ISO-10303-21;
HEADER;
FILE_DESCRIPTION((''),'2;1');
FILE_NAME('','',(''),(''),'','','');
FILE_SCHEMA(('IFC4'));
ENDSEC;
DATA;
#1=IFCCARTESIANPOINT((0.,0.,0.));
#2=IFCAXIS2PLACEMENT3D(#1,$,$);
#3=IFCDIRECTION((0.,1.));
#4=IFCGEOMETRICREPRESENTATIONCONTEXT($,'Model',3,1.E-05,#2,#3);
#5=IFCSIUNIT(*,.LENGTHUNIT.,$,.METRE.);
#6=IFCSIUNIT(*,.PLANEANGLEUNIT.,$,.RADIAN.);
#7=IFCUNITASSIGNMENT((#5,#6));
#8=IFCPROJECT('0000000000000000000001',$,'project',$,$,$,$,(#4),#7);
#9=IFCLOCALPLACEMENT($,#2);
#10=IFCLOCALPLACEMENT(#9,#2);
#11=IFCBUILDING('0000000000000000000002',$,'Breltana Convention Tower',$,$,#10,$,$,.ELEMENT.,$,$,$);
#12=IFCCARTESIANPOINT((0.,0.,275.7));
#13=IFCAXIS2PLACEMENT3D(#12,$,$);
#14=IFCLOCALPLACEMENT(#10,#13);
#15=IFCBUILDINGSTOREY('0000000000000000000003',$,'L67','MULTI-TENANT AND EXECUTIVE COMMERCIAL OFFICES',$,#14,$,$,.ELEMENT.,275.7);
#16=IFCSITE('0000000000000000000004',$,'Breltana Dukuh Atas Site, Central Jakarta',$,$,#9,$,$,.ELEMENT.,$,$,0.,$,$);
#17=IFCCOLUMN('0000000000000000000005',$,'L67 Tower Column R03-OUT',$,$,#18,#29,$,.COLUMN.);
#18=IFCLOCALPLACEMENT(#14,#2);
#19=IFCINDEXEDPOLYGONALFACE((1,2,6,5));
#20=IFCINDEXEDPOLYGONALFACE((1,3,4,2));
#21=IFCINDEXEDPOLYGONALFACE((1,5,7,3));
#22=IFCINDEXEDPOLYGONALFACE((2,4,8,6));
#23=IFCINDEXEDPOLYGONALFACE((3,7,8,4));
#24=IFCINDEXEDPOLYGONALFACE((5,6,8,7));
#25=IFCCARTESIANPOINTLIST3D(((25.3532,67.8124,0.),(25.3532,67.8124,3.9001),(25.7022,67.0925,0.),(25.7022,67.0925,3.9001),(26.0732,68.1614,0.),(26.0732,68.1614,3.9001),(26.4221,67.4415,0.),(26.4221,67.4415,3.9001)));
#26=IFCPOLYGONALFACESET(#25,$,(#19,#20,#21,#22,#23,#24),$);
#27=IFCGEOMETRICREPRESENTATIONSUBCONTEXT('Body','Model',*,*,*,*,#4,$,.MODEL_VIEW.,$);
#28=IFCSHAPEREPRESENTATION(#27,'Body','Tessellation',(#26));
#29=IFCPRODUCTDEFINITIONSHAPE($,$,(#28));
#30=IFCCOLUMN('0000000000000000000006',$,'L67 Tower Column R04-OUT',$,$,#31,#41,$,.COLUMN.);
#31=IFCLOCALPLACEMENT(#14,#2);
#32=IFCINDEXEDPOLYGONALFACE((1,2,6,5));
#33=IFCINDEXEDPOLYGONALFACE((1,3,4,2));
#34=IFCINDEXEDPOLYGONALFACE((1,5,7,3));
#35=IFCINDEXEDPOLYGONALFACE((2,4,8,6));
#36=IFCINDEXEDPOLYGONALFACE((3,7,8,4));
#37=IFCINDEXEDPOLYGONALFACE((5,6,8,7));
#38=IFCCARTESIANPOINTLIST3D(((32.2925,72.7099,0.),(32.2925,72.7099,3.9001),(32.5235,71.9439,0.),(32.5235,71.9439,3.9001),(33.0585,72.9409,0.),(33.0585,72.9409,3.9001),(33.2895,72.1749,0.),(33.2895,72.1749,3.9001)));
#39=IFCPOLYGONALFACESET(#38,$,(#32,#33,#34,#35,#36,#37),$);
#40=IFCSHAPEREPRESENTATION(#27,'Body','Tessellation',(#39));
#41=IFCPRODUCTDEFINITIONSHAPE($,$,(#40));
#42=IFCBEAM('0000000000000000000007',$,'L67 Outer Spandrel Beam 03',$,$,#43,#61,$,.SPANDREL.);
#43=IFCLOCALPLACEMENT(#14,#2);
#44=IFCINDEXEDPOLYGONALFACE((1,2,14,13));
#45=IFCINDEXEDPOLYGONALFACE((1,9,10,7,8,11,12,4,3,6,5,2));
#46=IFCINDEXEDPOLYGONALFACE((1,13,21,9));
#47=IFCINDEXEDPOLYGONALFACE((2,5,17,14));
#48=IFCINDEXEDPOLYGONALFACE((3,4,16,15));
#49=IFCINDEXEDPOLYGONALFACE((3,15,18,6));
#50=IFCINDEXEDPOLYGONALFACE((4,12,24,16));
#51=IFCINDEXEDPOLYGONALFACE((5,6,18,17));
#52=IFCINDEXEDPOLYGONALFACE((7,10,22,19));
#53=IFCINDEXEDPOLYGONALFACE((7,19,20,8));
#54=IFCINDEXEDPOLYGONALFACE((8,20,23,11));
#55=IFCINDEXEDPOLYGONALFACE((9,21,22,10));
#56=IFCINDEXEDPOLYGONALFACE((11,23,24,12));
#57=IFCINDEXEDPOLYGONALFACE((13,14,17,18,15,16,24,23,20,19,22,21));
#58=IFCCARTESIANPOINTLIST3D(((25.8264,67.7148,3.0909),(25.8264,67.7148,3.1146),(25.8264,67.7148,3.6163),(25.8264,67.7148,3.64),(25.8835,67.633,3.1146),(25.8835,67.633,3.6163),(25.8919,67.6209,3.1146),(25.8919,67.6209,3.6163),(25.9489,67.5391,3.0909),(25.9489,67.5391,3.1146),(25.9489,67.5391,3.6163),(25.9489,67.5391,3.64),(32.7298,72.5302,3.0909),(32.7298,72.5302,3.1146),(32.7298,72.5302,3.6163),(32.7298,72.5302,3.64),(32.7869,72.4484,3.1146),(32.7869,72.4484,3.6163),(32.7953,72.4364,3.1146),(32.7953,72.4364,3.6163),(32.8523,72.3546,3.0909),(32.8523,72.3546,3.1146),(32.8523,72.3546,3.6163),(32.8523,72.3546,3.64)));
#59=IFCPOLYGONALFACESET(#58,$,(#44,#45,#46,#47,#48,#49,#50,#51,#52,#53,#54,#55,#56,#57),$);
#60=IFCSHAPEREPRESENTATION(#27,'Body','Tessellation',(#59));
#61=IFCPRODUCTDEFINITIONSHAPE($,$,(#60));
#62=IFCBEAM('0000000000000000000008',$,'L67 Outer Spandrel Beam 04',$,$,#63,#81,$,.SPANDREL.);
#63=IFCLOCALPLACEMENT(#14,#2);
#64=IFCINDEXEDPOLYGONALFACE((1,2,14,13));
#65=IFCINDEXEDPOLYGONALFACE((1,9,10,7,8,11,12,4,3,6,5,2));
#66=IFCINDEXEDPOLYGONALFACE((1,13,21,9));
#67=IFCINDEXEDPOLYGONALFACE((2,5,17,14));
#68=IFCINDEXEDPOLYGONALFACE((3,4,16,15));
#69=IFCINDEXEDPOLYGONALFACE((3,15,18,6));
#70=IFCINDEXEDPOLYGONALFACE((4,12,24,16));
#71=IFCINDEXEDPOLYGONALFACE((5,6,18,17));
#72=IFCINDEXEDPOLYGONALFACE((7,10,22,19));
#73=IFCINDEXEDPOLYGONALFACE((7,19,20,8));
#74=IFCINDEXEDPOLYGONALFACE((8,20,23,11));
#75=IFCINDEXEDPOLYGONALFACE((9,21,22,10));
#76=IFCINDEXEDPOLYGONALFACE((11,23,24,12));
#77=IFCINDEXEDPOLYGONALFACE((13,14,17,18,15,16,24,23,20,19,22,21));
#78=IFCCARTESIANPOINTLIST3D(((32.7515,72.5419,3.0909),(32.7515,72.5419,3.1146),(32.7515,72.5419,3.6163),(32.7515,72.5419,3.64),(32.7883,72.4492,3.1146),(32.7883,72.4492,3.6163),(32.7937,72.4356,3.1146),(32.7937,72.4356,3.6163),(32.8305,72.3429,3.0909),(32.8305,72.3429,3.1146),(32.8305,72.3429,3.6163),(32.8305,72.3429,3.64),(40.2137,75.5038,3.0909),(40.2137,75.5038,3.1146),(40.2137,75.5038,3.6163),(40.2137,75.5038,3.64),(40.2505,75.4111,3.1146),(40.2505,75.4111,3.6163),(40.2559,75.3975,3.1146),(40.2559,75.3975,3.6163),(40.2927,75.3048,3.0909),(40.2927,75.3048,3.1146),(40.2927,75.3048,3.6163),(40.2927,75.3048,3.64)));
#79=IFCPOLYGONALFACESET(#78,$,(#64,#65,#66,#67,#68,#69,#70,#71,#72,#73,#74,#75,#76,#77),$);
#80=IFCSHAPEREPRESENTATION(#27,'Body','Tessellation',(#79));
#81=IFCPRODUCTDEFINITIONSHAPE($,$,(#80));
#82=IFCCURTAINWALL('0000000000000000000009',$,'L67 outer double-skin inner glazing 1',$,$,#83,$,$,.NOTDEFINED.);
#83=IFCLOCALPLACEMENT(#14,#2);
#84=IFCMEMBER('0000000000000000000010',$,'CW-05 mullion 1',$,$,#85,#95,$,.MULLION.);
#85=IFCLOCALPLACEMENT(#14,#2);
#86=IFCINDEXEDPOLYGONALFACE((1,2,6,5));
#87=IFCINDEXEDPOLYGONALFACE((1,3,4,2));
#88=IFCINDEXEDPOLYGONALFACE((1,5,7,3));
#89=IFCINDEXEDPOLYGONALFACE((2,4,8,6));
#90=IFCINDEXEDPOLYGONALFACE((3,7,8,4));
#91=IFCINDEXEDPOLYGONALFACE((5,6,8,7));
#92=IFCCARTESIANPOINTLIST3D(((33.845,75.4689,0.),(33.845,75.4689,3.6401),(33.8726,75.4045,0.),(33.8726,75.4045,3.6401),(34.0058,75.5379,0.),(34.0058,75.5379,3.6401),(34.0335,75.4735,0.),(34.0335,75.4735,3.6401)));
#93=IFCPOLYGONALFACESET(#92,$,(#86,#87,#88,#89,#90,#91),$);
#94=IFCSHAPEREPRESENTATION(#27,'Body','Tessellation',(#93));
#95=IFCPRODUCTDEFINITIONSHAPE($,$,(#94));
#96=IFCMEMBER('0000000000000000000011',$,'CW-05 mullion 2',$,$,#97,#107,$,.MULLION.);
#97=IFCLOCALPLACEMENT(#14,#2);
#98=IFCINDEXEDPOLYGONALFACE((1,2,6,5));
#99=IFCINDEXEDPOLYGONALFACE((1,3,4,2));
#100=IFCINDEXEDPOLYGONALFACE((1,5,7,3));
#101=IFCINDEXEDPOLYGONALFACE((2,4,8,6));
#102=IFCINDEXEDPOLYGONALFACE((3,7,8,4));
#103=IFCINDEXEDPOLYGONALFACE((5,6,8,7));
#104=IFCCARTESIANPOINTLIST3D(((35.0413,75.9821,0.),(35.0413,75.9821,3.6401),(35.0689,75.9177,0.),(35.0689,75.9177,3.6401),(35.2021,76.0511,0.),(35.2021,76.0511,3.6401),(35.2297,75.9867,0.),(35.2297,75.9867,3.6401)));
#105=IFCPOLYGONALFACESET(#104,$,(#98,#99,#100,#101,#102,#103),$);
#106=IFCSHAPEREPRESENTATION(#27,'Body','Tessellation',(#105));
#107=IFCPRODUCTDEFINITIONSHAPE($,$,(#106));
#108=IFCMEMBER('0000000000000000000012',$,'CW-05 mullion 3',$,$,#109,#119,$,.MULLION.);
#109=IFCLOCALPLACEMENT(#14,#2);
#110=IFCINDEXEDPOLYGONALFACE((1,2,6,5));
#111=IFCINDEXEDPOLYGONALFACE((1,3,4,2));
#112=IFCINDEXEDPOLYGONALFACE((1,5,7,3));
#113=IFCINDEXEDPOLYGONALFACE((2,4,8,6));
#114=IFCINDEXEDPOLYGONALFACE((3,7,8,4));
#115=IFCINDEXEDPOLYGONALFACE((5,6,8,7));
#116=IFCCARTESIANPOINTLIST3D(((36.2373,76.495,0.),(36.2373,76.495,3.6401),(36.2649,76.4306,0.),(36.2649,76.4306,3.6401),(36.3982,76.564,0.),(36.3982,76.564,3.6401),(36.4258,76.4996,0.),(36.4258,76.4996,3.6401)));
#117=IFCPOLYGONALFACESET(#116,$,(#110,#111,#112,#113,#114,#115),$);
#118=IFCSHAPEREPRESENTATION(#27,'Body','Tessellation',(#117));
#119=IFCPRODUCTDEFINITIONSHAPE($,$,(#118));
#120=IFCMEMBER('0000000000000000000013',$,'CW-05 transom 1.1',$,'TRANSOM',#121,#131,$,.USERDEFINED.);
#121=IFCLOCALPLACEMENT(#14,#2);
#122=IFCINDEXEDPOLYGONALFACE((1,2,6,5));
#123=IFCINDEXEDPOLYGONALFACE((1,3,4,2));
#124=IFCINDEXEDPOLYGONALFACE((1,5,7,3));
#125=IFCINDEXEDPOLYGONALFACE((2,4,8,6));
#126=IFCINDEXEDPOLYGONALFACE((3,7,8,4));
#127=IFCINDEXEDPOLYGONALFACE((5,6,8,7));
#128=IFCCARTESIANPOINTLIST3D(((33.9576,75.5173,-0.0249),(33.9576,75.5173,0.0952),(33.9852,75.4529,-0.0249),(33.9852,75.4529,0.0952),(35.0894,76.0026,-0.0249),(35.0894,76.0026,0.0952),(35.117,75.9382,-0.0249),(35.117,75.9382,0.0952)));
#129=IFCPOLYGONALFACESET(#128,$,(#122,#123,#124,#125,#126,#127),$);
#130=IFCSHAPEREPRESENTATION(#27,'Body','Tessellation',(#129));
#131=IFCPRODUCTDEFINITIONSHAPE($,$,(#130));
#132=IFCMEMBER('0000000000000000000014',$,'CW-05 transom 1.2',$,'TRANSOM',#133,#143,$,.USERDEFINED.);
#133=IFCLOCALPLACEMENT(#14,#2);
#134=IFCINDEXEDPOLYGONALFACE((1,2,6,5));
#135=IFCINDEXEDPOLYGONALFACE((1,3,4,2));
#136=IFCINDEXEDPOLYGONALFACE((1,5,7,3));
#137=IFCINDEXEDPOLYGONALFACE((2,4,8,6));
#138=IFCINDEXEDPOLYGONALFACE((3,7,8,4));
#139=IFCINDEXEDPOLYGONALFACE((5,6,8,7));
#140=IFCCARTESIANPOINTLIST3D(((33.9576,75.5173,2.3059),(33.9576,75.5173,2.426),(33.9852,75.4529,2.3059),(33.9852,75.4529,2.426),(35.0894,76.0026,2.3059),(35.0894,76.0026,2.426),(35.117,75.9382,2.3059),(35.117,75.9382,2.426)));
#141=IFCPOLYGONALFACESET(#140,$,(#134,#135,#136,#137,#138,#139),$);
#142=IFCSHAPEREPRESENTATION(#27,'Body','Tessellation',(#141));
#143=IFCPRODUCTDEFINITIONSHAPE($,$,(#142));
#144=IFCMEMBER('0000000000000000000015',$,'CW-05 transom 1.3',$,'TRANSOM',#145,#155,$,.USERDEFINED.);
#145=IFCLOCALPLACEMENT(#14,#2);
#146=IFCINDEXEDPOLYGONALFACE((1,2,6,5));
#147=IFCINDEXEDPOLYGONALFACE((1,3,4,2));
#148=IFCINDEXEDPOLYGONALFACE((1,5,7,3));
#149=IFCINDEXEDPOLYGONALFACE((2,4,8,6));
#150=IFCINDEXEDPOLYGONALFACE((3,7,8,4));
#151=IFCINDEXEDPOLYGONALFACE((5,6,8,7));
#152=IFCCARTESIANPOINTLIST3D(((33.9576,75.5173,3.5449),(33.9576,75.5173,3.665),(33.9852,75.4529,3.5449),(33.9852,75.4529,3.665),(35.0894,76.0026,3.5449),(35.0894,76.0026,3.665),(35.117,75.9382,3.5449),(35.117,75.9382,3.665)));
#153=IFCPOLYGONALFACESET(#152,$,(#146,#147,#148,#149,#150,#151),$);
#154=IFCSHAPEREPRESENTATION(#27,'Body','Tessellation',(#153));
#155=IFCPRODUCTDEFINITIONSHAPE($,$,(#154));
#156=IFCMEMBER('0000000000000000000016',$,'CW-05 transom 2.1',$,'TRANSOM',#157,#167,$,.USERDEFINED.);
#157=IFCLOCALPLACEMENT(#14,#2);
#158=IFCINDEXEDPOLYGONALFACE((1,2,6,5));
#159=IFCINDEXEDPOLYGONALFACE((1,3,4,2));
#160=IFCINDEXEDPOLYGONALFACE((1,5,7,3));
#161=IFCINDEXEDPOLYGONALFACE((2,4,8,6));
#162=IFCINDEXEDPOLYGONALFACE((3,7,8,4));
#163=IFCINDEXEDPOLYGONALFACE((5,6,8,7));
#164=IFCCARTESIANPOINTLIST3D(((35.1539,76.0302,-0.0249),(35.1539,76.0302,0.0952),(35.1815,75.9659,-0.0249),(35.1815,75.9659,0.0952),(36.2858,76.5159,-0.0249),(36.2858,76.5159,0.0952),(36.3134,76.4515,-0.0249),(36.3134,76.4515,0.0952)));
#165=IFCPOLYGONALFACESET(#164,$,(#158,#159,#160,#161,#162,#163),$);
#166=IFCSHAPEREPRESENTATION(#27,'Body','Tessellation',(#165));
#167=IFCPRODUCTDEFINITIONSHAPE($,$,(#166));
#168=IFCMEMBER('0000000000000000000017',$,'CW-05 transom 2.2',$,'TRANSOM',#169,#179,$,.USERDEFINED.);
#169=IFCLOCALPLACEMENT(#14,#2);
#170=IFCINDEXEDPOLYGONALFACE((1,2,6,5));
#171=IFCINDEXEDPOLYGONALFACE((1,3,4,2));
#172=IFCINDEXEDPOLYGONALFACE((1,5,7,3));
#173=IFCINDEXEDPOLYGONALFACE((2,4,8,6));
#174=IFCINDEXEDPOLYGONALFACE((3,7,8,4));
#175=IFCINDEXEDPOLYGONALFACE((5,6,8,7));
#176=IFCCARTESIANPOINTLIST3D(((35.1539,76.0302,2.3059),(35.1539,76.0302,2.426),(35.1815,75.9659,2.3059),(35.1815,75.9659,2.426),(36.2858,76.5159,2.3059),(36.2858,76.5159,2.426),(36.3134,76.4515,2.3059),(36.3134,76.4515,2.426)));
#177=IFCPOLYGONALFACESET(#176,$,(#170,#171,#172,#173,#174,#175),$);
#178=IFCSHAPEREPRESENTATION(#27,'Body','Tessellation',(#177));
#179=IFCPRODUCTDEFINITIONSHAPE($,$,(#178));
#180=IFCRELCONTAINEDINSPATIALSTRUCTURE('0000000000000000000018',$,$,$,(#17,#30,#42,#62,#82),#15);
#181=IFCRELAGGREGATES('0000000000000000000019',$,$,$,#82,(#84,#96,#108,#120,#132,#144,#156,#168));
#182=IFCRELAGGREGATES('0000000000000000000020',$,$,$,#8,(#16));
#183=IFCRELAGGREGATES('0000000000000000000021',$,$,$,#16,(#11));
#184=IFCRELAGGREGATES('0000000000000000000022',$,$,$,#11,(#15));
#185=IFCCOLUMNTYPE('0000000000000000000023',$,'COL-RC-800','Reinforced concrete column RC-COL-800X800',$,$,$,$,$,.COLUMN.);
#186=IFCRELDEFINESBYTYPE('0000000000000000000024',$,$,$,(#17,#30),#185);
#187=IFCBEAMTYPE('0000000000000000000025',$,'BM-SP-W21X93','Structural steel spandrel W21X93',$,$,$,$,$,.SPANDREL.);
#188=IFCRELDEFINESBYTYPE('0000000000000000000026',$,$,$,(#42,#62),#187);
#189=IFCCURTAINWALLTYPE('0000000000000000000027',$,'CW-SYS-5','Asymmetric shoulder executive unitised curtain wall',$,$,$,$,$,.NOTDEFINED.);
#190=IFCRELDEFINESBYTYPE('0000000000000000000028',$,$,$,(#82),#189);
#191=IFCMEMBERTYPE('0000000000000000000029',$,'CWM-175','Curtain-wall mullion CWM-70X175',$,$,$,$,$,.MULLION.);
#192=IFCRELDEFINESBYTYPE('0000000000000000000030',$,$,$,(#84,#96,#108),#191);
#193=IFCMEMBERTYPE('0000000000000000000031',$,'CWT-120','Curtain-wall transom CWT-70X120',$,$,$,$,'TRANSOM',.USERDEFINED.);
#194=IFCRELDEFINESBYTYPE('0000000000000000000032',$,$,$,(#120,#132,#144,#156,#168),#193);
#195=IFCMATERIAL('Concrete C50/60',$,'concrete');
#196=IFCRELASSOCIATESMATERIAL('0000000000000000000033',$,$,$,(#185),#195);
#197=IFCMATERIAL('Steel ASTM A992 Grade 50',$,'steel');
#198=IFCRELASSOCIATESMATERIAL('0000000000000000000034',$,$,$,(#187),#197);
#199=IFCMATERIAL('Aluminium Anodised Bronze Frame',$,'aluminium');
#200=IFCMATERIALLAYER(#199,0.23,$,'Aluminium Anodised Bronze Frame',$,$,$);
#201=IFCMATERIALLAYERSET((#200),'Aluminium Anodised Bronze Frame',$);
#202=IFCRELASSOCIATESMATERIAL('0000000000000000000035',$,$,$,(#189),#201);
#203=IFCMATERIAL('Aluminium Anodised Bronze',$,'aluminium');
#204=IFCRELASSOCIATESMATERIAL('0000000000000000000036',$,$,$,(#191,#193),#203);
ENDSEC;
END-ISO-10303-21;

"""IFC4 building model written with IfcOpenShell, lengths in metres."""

from ifc_helpers import new_model, si_unit, direction, frame, origin, origin_2d, place, context, subcontext, project, spatial, rectangle, i_section, extrude, source, transform, mapped, material, layer, layer_set, material_profile, profile_set, type_object, element, aggregate, save


model = new_model("IFC4")

# Units and contexts
model_context = context("Model", 3, precision=1e-05, world=origin(), true_north=direction((0.0, 1.0)))
body_context = subcontext(model_context, "Body", "Model", "MODEL_VIEW")
ifc_project = project(units=[si_unit("LENGTHUNIT", "METRE"), si_unit("PLANEANGLEUNIT", "RADIAN")], contexts=[model_context])

# Site, building, storey
site_placement = place(None, origin())
site = spatial("IfcSite", under=ifc_project, at=site_placement, Name="Breltana Dukuh Atas Site, Central Jakarta", CompositionType="ELEMENT", RefElevation=0.0)
building_placement = place(site_placement, origin())
building = spatial("IfcBuilding", under=site, at=building_placement, Name="Breltana Convention Tower", CompositionType="ELEMENT")
storey_placement = place(building_placement, frame((0.0, 0.0, 275.7)))
storey = spatial("IfcBuildingStorey", under=building, at=storey_placement, Name="L67", Description="MULTI-TENANT AND EXECUTIVE COMMERCIAL OFFICES", CompositionType="ELEMENT", Elevation=275.7)

# Columns
ifc_material_1 = material(Name="Concrete C50/60", Category="concrete")
ifc_material_profile_1 = material_profile(ifc_material_1, rectangle(XDim=0.8, YDim=0.8, at=origin_2d()), Name="RC-COL-800X800")
ifc_profile_set_1 = profile_set([ifc_material_profile_1], Name="Concrete C50/60")
column_type = type_object("IfcColumnType", Name="COL-RC-800", Description="Reinforced concrete column RC-COL-800X800", PredefinedType="COLUMN", material=ifc_profile_set_1)
shared_shape_1 = source(origin(), body_context, "Body", "SweptSolid", [
    extrude(rectangle(XDim=0.8, YDim=0.8, at=origin_2d()), origin(), (0.0, 0.0, 1.0), 3.9001),
])
for number, where, z_axis, x_axis, name in (
    (1, (25.8877, 67.627, 0.0), (0.0, 0.0, 1.0), (-0.436174, 0.899863, 0.0), "L67 Tower Column R03-OUT"),
    (2, (32.791, 72.4424, 0.0), (0.0, 0.0, 1.0), (-0.288698, 0.95742, 0.0), "L67 Tower Column R04-OUT"),
):
    element("IfcColumn", number, at=place(storey_placement, frame(where, z_axis=z_axis, x_axis=x_axis)), inside=storey, type_object=column_type, Name=name, PredefinedType="COLUMN", context=body_context, shape_type="MappedRepresentation", body=[
        mapped(shared_shape_1, transform((0.0, 0.0, 0.0), scale=1.0)),
    ])

# Beams
ifc_material_2 = material(Name="Steel ASTM A992 Grade 50", Category="steel")
ifc_material_profile_2 = material_profile(ifc_material_2, i_section(OverallWidth=0.2141, OverallDepth=0.5491, WebThickness=0.0146, FlangeThickness=0.0237, at=origin_2d()), Name="W21X93")
ifc_profile_set_2 = profile_set([ifc_material_profile_2], Name="Steel ASTM A992 Grade 50")
beam_type = type_object("IfcBeamType", Name="BM-SP-W21X93", Description="Structural steel spandrel W21X93", PredefinedType="SPANDREL", material=ifc_profile_set_2)
shared_shape_2 = source(origin(), body_context, "Body", "SweptSolid", [
    extrude(i_section(OverallWidth=0.2141, OverallDepth=0.5491, WebThickness=0.0146, FlangeThickness=0.0237, at=origin_2d()), origin(), (0.0, 0.0, 1.0), 8.417),
])
beam_1_placement = place(storey_placement, frame((25.8877, 67.627, 3.3655), z_axis=(0.820174, 0.572114, 0.0), x_axis=(-0.572114, 0.820174, 0.0)))
element("IfcBeam", 3, at=beam_1_placement, inside=storey, type_object=beam_type, Name="L67 Outer Spandrel Beam 03", PredefinedType="SPANDREL", context=body_context, shape_type="MappedRepresentation", body=[
    mapped(shared_shape_2, transform((0.0, 0.0, 0.0), scale=1.0)),
])
shared_shape_3 = source(origin(), body_context, "Body", "SweptSolid", [
    extrude(i_section(OverallWidth=0.2141, OverallDepth=0.5491, WebThickness=0.0146, FlangeThickness=0.0237, at=origin_2d()), origin(), (0.0, 0.0, 1.0), 8.0286),
])
beam_2_placement = place(storey_placement, frame((32.791, 72.4424, 3.3655), z_axis=(0.929459, 0.368925, 0.0), x_axis=(-0.368925, 0.929459, 0.0)))
element("IfcBeam", 4, at=beam_2_placement, inside=storey, type_object=beam_type, Name="L67 Outer Spandrel Beam 04", PredefinedType="SPANDREL", context=body_context, shape_type="MappedRepresentation", body=[
    mapped(shared_shape_3, transform((0.0, 0.0, 0.0), scale=1.0)),
])

# Curtain wall, members
ifc_material_3 = material(Name="Aluminium Anodised Bronze Frame", Category="aluminium")
ifc_layer_1 = layer(ifc_material_3, 0.23, Name="Aluminium Anodised Bronze Frame")
ifc_layer_set_1 = layer_set([ifc_layer_1], Name="Aluminium Anodised Bronze Frame")
curtain_wall_type = type_object("IfcCurtainWallType", Name="CW-SYS-5", Description="Asymmetric shoulder executive unitised curtain wall", PredefinedType="NOTDEFINED", material=ifc_layer_set_1)
curtain_wall_placement = place(storey_placement, origin())
curtain_wall = element("IfcCurtainWall", 5, at=curtain_wall_placement, inside=storey, type_object=curtain_wall_type, Name="L67 outer double-skin inner glazing 1", PredefinedType="NOTDEFINED")
ifc_material_4 = material(Name="Aluminium Anodised Bronze", Category="aluminium")
ifc_material_profile_3 = material_profile(ifc_material_4, rectangle(XDim=0.0701, YDim=0.175, at=origin_2d()), Name="CWM-70X175")
ifc_profile_set_3 = profile_set([ifc_material_profile_3], Name="Aluminium Anodised Bronze")
member_type_1 = type_object("IfcMemberType", Name="CWM-175", Description="Curtain-wall mullion CWM-70X175", PredefinedType="MULLION", material=ifc_profile_set_3)
shared_shape_4 = source(origin(), body_context, "Body", "SweptSolid", [
    extrude(rectangle(XDim=0.0701, YDim=0.175, at=origin_2d()), origin(), (0.0, 0.0, 1.0), 3.6401),
])
member_1_placement = place(storey_placement, frame((33.9392, 75.4712, 0.0), z_axis=(0.0, 0.0, 1.0), x_axis=(-0.394181, 0.919033, 0.0)))
member_1 = element("IfcMember", 6, at=member_1_placement, type_object=member_type_1, Name="CW-05 mullion 1", PredefinedType="MULLION", context=body_context, shape_type="MappedRepresentation", body=[
    mapped(shared_shape_4, transform((0.0, 0.0, 0.0), scale=1.0)),
])
member_2_placement = place(storey_placement, frame((35.1355, 75.9844, 0.0), z_axis=(0.0, 0.0, 1.0), x_axis=(-0.394181, 0.919033, 0.0)))
member_2 = element("IfcMember", 7, at=member_2_placement, type_object=member_type_1, Name="CW-05 mullion 2", PredefinedType="MULLION", context=body_context, shape_type="MappedRepresentation", body=[
    mapped(shared_shape_4, transform((0.0, 0.0, 0.0), scale=1.0)),
])
member_3_placement = place(storey_placement, frame((36.3315, 76.4973, 0.0), z_axis=(0.0, 0.0, 1.0), x_axis=(-0.394181, 0.919033, 0.0)))
member_3 = element("IfcMember", 8, at=member_3_placement, type_object=member_type_1, Name="CW-05 mullion 3", PredefinedType="MULLION", context=body_context, shape_type="MappedRepresentation", body=[
    mapped(shared_shape_4, transform((0.0, 0.0, 0.0), scale=1.0)),
])
ifc_material_profile_4 = material_profile(ifc_material_4, rectangle(XDim=0.0701, YDim=0.1201, at=origin_2d()), Name="CWT-70X120")
ifc_profile_set_4 = profile_set([ifc_material_profile_4], Name="Aluminium Anodised Bronze")
member_type_2 = type_object("IfcMemberType", Name="CWT-120", Description="Curtain-wall transom CWT-70X120", ElementType="TRANSOM", PredefinedType="USERDEFINED", material=ifc_profile_set_4)
shared_shape_5 = source(origin(), body_context, "Body", "SweptSolid", [
    extrude(rectangle(XDim=0.0701, YDim=0.1201, at=origin_2d()), origin(), (0.0, 0.0, 1.0), 1.2314),
])
member_4_placement = place(storey_placement, frame((33.9714, 75.4851, 0.0352), z_axis=(0.919063, 0.394111, 0.0), x_axis=(-0.394111, 0.919063, 0.0)))
member_4 = element("IfcMember", 9, at=member_4_placement, type_object=member_type_2, Name="CW-05 transom 1.1", ObjectType="TRANSOM", PredefinedType="USERDEFINED", context=body_context, shape_type="MappedRepresentation", body=[
    mapped(shared_shape_5, transform((0.0, 0.0, 0.0), scale=1.0)),
])
member_5_placement = place(storey_placement, frame((33.9714, 75.4851, 2.366), z_axis=(0.919063, 0.394111, 0.0), x_axis=(-0.394111, 0.919063, 0.0)))
member_5 = element("IfcMember", 10, at=member_5_placement, type_object=member_type_2, Name="CW-05 transom 1.2", ObjectType="TRANSOM", PredefinedType="USERDEFINED", context=body_context, shape_type="MappedRepresentation", body=[
    mapped(shared_shape_5, transform((0.0, 0.0, 0.0), scale=1.0)),
])
member_6_placement = place(storey_placement, frame((33.9714, 75.4851, 3.605), z_axis=(0.919063, 0.394111, 0.0), x_axis=(-0.394111, 0.919063, 0.0)))
member_6 = element("IfcMember", 11, at=member_6_placement, type_object=member_type_2, Name="CW-05 transom 1.3", ObjectType="TRANSOM", PredefinedType="USERDEFINED", context=body_context, shape_type="MappedRepresentation", body=[
    mapped(shared_shape_5, transform((0.0, 0.0, 0.0), scale=1.0)),
])
shared_shape_6 = source(origin(), body_context, "Body", "SweptSolid", [
    extrude(rectangle(XDim=0.0701, YDim=0.1201, at=origin_2d()), origin(), (0.0, 0.0, 1.0), 1.2317),
])
member_7_placement = place(storey_placement, frame((35.1677, 75.998, 0.0352), z_axis=(0.918991, 0.394278, 0.0), x_axis=(-0.394278, 0.918991, 0.0)))
member_7 = element("IfcMember", 12, at=member_7_placement, type_object=member_type_2, Name="CW-05 transom 2.1", ObjectType="TRANSOM", PredefinedType="USERDEFINED", context=body_context, shape_type="MappedRepresentation", body=[
    mapped(shared_shape_6, transform((0.0, 0.0, 0.0), scale=1.0)),
])
member_8_placement = place(storey_placement, frame((35.1677, 75.998, 2.366), z_axis=(0.918991, 0.394278, 0.0), x_axis=(-0.394278, 0.918991, 0.0)))
member_8 = element("IfcMember", 13, at=member_8_placement, type_object=member_type_2, Name="CW-05 transom 2.2", ObjectType="TRANSOM", PredefinedType="USERDEFINED", context=body_context, shape_type="MappedRepresentation", body=[
    mapped(shared_shape_6, transform((0.0, 0.0, 0.0), scale=1.0)),
])
aggregate(curtain_wall, [member_1, member_2, member_3, member_4, member_5, member_6, member_7, member_8])

save(model, "model.ifc")
